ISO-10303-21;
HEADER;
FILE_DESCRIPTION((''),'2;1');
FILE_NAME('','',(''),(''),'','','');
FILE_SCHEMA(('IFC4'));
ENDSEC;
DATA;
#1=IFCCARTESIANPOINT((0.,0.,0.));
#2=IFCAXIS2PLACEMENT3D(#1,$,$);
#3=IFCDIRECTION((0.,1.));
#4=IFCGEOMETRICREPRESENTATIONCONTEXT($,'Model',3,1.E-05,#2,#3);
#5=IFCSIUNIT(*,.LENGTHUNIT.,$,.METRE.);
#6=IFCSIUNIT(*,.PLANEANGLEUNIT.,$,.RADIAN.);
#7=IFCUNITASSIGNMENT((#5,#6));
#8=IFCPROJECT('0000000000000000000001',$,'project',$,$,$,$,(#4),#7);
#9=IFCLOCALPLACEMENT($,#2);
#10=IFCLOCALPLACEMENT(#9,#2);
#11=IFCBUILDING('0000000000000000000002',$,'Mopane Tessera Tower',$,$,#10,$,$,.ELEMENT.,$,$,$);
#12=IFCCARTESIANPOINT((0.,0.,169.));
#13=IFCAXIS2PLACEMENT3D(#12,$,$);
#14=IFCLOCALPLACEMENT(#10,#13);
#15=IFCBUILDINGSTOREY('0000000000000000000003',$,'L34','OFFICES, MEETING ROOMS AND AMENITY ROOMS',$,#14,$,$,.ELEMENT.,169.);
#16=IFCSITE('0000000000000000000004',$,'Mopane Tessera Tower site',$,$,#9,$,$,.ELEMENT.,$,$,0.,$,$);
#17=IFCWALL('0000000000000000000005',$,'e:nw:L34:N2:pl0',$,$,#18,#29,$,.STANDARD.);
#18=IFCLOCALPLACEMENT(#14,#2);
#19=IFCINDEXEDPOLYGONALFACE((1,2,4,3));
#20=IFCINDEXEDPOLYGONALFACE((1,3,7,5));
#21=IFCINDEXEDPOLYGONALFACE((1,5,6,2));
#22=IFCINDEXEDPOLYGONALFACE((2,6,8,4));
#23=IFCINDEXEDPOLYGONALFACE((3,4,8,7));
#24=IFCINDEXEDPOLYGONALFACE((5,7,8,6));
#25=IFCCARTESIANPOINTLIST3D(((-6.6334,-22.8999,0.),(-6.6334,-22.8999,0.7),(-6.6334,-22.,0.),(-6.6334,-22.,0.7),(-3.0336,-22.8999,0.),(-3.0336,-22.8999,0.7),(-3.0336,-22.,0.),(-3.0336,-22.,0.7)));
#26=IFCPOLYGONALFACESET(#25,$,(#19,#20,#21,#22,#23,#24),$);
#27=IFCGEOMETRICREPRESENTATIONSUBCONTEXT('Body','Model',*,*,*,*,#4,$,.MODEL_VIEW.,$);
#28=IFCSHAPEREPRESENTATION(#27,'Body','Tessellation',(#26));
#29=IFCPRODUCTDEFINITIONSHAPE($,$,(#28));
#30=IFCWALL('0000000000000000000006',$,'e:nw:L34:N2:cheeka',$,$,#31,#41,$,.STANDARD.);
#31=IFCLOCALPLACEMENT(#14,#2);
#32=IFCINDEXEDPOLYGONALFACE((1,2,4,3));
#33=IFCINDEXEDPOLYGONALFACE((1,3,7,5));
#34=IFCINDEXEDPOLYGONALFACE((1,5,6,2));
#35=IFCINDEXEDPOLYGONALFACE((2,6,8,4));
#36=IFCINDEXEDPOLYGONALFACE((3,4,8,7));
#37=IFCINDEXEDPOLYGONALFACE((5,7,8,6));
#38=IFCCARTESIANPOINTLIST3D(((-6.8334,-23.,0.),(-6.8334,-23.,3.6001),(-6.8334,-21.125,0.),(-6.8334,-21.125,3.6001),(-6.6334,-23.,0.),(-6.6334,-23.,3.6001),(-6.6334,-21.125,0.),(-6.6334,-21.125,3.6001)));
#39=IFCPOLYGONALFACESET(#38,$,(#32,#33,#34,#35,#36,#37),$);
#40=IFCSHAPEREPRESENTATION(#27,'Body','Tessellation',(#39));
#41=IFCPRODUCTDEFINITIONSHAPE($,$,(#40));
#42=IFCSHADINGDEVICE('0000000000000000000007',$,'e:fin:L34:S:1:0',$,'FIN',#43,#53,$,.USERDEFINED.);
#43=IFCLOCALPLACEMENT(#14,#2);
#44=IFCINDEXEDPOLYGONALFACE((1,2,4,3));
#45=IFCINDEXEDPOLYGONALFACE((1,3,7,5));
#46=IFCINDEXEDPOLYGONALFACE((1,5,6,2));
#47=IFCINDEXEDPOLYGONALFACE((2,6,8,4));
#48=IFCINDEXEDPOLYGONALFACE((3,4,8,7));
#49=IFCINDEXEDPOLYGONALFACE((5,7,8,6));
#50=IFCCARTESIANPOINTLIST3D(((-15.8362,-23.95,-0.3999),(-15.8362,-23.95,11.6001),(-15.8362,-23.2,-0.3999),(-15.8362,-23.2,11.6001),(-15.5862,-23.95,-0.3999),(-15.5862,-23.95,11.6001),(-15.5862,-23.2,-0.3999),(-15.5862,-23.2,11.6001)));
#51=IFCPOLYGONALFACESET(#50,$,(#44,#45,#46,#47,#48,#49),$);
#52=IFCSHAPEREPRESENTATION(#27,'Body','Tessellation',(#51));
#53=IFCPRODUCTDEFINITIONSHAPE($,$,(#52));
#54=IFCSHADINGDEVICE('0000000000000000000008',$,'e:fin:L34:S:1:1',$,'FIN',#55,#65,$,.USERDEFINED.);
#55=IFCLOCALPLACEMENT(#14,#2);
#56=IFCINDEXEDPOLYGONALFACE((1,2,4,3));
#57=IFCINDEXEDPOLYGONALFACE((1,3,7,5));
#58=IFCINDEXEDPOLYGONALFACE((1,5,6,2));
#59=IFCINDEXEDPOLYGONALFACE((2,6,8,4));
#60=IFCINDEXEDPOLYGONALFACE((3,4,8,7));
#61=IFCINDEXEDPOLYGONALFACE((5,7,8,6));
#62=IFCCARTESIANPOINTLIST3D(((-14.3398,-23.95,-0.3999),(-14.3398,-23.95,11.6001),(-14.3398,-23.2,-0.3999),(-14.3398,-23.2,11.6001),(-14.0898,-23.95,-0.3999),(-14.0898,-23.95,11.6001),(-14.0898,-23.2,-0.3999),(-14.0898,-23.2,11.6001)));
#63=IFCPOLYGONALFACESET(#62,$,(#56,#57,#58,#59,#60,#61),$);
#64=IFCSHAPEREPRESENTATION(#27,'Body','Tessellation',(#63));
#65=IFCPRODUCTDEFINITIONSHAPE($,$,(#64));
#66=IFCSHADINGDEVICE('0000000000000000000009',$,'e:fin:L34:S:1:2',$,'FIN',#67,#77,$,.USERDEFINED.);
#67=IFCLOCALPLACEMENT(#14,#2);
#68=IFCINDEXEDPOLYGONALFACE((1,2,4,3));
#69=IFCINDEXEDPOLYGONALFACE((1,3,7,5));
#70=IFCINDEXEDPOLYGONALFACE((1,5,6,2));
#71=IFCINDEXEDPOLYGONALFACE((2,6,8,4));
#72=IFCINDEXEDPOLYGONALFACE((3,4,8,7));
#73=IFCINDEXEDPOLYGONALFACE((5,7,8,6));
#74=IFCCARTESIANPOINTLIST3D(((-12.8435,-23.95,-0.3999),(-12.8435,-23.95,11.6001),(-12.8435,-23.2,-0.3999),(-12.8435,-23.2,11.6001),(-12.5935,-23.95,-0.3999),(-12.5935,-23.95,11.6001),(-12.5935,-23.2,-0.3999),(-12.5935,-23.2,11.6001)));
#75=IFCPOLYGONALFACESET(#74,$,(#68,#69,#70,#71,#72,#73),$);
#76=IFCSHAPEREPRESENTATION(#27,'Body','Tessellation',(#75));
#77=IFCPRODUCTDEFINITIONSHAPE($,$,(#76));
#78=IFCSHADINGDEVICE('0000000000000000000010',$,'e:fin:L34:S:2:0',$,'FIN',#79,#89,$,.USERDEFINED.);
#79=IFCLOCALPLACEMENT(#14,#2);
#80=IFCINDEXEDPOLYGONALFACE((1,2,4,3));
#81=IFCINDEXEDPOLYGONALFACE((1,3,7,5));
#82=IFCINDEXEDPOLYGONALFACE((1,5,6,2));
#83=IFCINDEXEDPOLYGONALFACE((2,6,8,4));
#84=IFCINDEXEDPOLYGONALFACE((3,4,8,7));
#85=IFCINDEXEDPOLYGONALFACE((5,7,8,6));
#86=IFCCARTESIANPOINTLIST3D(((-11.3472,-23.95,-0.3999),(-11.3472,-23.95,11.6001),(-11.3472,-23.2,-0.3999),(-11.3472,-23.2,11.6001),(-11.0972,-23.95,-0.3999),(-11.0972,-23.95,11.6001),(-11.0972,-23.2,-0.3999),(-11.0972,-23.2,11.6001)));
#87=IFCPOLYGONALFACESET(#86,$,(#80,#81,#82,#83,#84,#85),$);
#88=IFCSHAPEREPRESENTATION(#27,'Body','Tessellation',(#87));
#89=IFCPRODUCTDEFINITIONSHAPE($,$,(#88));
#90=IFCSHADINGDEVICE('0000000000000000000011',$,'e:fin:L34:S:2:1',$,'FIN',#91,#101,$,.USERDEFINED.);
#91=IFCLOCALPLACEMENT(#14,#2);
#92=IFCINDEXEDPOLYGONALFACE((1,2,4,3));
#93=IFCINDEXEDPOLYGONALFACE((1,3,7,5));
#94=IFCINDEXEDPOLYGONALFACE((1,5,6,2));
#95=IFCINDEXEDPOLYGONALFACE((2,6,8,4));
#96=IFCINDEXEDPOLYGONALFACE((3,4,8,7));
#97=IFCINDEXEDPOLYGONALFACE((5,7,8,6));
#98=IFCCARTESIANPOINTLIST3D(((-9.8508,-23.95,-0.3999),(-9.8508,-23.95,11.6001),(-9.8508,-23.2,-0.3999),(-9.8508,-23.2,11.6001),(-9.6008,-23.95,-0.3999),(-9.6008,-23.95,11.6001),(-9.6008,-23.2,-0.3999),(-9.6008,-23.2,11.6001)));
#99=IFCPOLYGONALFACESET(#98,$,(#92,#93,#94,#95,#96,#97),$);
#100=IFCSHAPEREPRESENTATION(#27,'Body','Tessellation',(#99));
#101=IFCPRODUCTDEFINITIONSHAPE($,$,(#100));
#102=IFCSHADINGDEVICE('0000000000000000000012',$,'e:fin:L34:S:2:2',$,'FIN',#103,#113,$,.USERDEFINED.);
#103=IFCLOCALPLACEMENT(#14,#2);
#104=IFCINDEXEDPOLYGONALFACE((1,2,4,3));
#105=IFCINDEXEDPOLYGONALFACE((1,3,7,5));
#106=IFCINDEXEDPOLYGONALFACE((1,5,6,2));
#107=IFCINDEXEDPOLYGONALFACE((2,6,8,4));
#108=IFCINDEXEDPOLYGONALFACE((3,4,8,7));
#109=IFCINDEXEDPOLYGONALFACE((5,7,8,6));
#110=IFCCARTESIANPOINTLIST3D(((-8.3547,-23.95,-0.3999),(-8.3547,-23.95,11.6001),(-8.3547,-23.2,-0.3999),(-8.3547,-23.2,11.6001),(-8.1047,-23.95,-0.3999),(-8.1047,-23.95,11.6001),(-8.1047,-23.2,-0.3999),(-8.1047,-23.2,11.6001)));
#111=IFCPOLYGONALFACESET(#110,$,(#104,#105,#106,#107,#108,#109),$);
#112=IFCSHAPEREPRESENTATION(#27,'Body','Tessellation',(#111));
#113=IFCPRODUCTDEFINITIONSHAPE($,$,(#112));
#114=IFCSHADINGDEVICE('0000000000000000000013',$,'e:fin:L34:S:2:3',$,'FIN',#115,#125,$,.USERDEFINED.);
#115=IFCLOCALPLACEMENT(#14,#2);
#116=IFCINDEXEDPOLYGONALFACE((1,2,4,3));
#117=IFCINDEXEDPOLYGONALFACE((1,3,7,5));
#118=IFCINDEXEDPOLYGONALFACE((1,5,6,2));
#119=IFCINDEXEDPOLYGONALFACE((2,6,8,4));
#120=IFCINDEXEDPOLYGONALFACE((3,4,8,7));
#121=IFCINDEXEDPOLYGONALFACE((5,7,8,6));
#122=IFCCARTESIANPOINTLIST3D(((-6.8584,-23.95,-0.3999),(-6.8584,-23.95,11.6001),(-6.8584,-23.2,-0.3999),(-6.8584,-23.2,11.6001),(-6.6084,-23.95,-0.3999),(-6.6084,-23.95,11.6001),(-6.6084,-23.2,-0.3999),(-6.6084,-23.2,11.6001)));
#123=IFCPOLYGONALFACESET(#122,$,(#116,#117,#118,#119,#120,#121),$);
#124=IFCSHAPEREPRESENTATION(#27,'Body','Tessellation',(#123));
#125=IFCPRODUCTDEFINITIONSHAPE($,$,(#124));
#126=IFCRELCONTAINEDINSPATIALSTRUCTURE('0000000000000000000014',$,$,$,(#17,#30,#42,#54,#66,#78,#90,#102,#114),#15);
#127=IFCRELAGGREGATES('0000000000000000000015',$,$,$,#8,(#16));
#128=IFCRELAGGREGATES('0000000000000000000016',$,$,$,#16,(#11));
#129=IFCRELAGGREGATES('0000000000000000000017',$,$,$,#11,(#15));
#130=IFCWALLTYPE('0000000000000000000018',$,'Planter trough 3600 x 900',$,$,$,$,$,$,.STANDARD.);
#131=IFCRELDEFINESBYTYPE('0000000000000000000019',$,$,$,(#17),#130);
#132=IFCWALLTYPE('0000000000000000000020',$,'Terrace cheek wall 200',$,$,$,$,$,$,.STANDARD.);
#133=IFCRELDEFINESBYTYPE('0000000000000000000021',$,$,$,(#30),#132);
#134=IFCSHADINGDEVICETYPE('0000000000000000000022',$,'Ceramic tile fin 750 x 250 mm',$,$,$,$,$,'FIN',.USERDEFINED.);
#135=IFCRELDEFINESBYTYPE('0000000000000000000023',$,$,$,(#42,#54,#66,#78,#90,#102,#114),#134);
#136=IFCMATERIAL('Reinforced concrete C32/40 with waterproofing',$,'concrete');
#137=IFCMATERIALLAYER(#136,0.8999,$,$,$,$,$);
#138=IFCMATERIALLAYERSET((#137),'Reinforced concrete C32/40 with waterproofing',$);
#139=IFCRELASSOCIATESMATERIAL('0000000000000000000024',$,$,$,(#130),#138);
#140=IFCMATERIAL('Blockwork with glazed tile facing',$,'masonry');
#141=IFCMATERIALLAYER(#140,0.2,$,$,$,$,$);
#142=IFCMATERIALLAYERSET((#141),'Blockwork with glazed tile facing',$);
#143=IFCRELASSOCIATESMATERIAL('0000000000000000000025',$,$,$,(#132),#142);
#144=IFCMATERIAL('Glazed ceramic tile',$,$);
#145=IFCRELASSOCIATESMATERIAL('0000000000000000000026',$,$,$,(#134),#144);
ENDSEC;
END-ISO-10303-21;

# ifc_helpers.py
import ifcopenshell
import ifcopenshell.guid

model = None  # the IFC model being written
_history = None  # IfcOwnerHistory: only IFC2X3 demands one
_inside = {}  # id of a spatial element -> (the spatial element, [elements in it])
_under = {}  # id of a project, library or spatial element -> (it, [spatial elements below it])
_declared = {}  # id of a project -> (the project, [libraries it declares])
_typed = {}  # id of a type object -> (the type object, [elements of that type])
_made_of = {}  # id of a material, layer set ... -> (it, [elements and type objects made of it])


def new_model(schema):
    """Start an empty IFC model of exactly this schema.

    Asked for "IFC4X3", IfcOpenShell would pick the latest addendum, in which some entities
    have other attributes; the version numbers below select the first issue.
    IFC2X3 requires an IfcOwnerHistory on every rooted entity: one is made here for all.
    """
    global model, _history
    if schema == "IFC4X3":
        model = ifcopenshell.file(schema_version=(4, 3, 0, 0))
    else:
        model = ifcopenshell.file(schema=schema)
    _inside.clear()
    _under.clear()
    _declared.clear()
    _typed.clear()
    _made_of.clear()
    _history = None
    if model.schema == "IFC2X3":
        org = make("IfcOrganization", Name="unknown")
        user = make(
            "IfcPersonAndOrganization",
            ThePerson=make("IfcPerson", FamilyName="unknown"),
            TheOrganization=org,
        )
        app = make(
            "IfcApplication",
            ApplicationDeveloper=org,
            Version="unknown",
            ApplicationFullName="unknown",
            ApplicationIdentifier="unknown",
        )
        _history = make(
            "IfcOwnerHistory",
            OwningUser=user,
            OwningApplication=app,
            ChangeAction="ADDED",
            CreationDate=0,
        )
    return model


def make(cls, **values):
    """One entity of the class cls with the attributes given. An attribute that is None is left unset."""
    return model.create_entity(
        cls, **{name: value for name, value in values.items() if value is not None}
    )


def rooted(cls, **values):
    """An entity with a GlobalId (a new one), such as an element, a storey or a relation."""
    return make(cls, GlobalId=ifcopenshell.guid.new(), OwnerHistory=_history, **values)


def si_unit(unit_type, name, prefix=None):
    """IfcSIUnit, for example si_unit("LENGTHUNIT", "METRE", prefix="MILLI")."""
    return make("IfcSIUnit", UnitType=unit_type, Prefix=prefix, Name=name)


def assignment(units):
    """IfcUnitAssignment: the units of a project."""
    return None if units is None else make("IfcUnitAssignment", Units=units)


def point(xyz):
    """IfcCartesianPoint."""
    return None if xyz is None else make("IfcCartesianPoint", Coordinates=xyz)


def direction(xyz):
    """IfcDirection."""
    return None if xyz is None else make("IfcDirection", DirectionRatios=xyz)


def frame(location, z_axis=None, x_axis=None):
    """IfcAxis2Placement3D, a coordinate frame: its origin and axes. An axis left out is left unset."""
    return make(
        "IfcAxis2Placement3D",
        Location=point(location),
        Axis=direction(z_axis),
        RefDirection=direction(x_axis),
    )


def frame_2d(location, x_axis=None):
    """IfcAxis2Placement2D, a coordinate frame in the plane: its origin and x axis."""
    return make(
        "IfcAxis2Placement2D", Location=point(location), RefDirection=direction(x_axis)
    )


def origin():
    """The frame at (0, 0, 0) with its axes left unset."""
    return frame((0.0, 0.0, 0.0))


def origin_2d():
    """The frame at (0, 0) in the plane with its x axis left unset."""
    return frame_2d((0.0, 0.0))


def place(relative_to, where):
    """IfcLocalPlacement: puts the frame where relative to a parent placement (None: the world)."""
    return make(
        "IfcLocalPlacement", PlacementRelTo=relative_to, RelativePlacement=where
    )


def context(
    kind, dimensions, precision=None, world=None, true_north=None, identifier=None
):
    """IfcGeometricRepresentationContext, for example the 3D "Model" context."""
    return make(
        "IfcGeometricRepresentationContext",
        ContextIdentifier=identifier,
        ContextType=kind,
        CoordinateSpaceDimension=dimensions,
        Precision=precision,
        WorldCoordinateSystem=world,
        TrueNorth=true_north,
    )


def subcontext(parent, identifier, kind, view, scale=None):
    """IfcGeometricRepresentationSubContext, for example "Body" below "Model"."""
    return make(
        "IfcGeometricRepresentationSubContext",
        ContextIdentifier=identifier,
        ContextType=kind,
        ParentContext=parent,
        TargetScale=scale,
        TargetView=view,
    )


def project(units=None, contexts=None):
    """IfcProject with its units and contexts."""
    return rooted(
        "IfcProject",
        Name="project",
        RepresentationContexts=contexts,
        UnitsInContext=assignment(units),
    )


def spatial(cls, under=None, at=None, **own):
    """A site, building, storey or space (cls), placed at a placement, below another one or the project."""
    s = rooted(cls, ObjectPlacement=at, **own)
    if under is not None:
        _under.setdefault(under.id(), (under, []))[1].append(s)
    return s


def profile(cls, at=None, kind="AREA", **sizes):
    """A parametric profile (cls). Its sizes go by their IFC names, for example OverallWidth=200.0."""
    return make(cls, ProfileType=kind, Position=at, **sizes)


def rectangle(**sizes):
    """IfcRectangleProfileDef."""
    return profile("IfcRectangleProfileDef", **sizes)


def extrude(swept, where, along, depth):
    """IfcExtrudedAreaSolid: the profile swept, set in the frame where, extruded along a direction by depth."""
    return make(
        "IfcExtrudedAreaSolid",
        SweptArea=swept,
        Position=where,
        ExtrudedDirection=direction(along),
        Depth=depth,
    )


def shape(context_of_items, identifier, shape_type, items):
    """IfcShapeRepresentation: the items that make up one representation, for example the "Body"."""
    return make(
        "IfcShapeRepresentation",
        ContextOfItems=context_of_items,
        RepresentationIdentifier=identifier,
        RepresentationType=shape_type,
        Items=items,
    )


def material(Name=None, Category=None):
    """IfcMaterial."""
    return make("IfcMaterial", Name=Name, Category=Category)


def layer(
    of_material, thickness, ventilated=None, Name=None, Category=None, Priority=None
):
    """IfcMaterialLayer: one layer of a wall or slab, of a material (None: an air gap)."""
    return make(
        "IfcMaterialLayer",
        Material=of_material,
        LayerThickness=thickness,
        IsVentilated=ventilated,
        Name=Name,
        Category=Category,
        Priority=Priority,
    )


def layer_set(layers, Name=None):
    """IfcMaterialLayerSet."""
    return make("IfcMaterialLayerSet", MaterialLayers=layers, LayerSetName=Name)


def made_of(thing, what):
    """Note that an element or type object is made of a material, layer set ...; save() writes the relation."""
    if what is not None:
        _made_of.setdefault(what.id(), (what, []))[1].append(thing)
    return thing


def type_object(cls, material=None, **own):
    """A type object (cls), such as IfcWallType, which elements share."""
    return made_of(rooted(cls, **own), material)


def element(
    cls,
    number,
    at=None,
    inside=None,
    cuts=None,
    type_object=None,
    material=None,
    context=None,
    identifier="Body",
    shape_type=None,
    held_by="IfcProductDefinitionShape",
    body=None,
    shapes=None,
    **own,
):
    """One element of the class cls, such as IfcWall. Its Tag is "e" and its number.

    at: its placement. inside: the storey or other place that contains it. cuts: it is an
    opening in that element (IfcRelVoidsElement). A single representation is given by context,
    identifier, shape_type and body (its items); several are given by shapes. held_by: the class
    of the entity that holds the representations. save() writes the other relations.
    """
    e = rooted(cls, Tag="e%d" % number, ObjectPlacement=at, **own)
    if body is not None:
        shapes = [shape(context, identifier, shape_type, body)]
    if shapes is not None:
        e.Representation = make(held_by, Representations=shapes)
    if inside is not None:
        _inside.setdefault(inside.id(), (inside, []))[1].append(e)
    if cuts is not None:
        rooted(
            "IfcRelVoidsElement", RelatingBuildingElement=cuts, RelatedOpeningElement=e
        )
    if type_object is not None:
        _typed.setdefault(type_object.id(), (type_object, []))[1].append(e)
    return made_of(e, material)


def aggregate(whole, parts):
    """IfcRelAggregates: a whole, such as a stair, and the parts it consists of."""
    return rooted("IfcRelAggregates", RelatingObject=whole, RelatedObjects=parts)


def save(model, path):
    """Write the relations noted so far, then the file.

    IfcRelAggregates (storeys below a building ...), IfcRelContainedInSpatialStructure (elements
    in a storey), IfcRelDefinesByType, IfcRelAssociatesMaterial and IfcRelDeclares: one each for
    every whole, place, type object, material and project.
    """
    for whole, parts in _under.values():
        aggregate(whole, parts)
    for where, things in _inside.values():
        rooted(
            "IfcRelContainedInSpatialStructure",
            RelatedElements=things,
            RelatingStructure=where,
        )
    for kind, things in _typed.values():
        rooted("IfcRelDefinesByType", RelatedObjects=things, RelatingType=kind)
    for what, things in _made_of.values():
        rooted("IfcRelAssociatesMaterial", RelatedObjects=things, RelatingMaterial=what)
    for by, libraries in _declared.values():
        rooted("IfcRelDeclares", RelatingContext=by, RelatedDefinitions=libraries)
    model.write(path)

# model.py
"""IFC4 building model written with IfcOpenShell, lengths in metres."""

from ifc_helpers import new_model, si_unit, direction, frame, frame_2d, origin, origin_2d, place, context, subcontext, project, spatial, rectangle, extrude, material, layer, layer_set, type_object, element, save


model = new_model("IFC4")

# Units and contexts
model_context = context("Model", 3, precision=1e-05, world=origin(), true_north=direction((0.0, 1.0)))
body_context = subcontext(model_context, "Body", "Model", "MODEL_VIEW")
ifc_project = project(units=[si_unit("LENGTHUNIT", "METRE"), si_unit("PLANEANGLEUNIT", "RADIAN")], contexts=[model_context])

# Site, building, storey
site_placement = place(None, origin())
site = spatial("IfcSite", under=ifc_project, at=site_placement, Name="Mopane Tessera Tower site", CompositionType="ELEMENT", RefElevation=0.0)
building_placement = place(site_placement, origin())
building = spatial("IfcBuilding", under=site, at=building_placement, Name="Mopane Tessera Tower", CompositionType="ELEMENT")
storey_placement = place(building_placement, frame((0.0, 0.0, 169.0)))
storey = spatial("IfcBuildingStorey", under=building, at=storey_placement, Name="L34", Description="OFFICES, MEETING ROOMS AND AMENITY ROOMS", CompositionType="ELEMENT", Elevation=169.0)

# Walls
ifc_material_1 = material(Name="Reinforced concrete C32/40 with waterproofing", Category="concrete")
ifc_layer_1 = layer(ifc_material_1, 0.8999)
ifc_layer_set_1 = layer_set([ifc_layer_1], Name="Reinforced concrete C32/40 with waterproofing")
wall_type_1 = type_object("IfcWallType", Name="Planter trough 3600 x 900", PredefinedType="STANDARD", material=ifc_layer_set_1)
wall_1_placement = place(storey_placement, frame((-6.6333, -22.45, 0.0), z_axis=(0.0, 0.0, 1.0), x_axis=(1.0, 0.0, 0.0)))
element("IfcWall", 1, at=wall_1_placement, inside=storey, type_object=wall_type_1, Name="e:nw:L34:N2:pl0", PredefinedType="STANDARD", context=body_context, shape_type="SweptSolid", body=[
    extrude(rectangle(XDim=3.5999, YDim=0.8999, at=frame_2d((1.7998, 0.0))), origin(), (0.0, 0.0, 1.0), 0.7),
])
ifc_material_2 = material(Name="Blockwork with glazed tile facing", Category="masonry")
ifc_layer_2 = layer(ifc_material_2, 0.2)
ifc_layer_set_2 = layer_set([ifc_layer_2], Name="Blockwork with glazed tile facing")
wall_type_2 = type_object("IfcWallType", Name="Terrace cheek wall 200", PredefinedType="STANDARD", material=ifc_layer_set_2)
wall_2_placement = place(storey_placement, frame((-6.7334, -23.0, 0.0), z_axis=(0.0, 0.0, 1.0), x_axis=(0.0, 1.0, 0.0)))
element("IfcWall", 2, at=wall_2_placement, inside=storey, type_object=wall_type_2, Name="e:nw:L34:N2:cheeka", PredefinedType="STANDARD", context=body_context, shape_type="SweptSolid", body=[
    extrude(rectangle(XDim=1.875, YDim=0.2, at=frame_2d((0.9375, 0.0))), origin(), (0.0, 0.0, 1.0), 3.6001),
])

# Shading devices
ifc_material_3 = material(Name="Glazed ceramic tile")
shading_device_type = type_object("IfcShadingDeviceType", Name="Ceramic tile fin 750 x 250 mm", ElementType="FIN", PredefinedType="USERDEFINED", material=ifc_material_3)
for number, where, z_axis, x_axis, name in (
    (3, (-15.7112, -23.575, -0.3999), (0.0, 0.0, 1.0), (1.0, 0.0, 0.0), "e:fin:L34:S:1:0"),
    (4, (-14.2148, -23.575, -0.3999), (0.0, 0.0, 1.0), (1.0, 0.0, 0.0), "e:fin:L34:S:1:1"),
    (5, (-12.7185, -23.575, -0.3999), (0.0, 0.0, 1.0), (1.0, 0.0, 0.0), "e:fin:L34:S:1:2"),
    (6, (-11.2222, -23.575, -0.3999), (0.0, 0.0, 1.0), (1.0, 0.0, 0.0), "e:fin:L34:S:2:0"),
    (7, (-9.7258, -23.575, -0.3999), (0.0, 0.0, 1.0), (1.0, 0.0, 0.0), "e:fin:L34:S:2:1"),
    (8, (-8.2297, -23.575, -0.3999), (0.0, 0.0, 1.0), (1.0, 0.0, 0.0), "e:fin:L34:S:2:2"),
    (9, (-6.7334, -23.575, -0.3999), (0.0, 0.0, 1.0), (1.0, 0.0, 0.0), "e:fin:L34:S:2:3"),
):
    element("IfcShadingDevice", number, at=place(storey_placement, frame(where, z_axis=z_axis, x_axis=x_axis)), inside=storey, type_object=shading_device_type, Name=name, ObjectType="FIN", PredefinedType="USERDEFINED", context=body_context, shape_type="SweptSolid", body=[
        extrude(rectangle(XDim=0.25, YDim=0.75, at=origin_2d()), origin(), (0.0, 0.0, 1.0), 12.0),
    ])

save(model, "model.ifc")
